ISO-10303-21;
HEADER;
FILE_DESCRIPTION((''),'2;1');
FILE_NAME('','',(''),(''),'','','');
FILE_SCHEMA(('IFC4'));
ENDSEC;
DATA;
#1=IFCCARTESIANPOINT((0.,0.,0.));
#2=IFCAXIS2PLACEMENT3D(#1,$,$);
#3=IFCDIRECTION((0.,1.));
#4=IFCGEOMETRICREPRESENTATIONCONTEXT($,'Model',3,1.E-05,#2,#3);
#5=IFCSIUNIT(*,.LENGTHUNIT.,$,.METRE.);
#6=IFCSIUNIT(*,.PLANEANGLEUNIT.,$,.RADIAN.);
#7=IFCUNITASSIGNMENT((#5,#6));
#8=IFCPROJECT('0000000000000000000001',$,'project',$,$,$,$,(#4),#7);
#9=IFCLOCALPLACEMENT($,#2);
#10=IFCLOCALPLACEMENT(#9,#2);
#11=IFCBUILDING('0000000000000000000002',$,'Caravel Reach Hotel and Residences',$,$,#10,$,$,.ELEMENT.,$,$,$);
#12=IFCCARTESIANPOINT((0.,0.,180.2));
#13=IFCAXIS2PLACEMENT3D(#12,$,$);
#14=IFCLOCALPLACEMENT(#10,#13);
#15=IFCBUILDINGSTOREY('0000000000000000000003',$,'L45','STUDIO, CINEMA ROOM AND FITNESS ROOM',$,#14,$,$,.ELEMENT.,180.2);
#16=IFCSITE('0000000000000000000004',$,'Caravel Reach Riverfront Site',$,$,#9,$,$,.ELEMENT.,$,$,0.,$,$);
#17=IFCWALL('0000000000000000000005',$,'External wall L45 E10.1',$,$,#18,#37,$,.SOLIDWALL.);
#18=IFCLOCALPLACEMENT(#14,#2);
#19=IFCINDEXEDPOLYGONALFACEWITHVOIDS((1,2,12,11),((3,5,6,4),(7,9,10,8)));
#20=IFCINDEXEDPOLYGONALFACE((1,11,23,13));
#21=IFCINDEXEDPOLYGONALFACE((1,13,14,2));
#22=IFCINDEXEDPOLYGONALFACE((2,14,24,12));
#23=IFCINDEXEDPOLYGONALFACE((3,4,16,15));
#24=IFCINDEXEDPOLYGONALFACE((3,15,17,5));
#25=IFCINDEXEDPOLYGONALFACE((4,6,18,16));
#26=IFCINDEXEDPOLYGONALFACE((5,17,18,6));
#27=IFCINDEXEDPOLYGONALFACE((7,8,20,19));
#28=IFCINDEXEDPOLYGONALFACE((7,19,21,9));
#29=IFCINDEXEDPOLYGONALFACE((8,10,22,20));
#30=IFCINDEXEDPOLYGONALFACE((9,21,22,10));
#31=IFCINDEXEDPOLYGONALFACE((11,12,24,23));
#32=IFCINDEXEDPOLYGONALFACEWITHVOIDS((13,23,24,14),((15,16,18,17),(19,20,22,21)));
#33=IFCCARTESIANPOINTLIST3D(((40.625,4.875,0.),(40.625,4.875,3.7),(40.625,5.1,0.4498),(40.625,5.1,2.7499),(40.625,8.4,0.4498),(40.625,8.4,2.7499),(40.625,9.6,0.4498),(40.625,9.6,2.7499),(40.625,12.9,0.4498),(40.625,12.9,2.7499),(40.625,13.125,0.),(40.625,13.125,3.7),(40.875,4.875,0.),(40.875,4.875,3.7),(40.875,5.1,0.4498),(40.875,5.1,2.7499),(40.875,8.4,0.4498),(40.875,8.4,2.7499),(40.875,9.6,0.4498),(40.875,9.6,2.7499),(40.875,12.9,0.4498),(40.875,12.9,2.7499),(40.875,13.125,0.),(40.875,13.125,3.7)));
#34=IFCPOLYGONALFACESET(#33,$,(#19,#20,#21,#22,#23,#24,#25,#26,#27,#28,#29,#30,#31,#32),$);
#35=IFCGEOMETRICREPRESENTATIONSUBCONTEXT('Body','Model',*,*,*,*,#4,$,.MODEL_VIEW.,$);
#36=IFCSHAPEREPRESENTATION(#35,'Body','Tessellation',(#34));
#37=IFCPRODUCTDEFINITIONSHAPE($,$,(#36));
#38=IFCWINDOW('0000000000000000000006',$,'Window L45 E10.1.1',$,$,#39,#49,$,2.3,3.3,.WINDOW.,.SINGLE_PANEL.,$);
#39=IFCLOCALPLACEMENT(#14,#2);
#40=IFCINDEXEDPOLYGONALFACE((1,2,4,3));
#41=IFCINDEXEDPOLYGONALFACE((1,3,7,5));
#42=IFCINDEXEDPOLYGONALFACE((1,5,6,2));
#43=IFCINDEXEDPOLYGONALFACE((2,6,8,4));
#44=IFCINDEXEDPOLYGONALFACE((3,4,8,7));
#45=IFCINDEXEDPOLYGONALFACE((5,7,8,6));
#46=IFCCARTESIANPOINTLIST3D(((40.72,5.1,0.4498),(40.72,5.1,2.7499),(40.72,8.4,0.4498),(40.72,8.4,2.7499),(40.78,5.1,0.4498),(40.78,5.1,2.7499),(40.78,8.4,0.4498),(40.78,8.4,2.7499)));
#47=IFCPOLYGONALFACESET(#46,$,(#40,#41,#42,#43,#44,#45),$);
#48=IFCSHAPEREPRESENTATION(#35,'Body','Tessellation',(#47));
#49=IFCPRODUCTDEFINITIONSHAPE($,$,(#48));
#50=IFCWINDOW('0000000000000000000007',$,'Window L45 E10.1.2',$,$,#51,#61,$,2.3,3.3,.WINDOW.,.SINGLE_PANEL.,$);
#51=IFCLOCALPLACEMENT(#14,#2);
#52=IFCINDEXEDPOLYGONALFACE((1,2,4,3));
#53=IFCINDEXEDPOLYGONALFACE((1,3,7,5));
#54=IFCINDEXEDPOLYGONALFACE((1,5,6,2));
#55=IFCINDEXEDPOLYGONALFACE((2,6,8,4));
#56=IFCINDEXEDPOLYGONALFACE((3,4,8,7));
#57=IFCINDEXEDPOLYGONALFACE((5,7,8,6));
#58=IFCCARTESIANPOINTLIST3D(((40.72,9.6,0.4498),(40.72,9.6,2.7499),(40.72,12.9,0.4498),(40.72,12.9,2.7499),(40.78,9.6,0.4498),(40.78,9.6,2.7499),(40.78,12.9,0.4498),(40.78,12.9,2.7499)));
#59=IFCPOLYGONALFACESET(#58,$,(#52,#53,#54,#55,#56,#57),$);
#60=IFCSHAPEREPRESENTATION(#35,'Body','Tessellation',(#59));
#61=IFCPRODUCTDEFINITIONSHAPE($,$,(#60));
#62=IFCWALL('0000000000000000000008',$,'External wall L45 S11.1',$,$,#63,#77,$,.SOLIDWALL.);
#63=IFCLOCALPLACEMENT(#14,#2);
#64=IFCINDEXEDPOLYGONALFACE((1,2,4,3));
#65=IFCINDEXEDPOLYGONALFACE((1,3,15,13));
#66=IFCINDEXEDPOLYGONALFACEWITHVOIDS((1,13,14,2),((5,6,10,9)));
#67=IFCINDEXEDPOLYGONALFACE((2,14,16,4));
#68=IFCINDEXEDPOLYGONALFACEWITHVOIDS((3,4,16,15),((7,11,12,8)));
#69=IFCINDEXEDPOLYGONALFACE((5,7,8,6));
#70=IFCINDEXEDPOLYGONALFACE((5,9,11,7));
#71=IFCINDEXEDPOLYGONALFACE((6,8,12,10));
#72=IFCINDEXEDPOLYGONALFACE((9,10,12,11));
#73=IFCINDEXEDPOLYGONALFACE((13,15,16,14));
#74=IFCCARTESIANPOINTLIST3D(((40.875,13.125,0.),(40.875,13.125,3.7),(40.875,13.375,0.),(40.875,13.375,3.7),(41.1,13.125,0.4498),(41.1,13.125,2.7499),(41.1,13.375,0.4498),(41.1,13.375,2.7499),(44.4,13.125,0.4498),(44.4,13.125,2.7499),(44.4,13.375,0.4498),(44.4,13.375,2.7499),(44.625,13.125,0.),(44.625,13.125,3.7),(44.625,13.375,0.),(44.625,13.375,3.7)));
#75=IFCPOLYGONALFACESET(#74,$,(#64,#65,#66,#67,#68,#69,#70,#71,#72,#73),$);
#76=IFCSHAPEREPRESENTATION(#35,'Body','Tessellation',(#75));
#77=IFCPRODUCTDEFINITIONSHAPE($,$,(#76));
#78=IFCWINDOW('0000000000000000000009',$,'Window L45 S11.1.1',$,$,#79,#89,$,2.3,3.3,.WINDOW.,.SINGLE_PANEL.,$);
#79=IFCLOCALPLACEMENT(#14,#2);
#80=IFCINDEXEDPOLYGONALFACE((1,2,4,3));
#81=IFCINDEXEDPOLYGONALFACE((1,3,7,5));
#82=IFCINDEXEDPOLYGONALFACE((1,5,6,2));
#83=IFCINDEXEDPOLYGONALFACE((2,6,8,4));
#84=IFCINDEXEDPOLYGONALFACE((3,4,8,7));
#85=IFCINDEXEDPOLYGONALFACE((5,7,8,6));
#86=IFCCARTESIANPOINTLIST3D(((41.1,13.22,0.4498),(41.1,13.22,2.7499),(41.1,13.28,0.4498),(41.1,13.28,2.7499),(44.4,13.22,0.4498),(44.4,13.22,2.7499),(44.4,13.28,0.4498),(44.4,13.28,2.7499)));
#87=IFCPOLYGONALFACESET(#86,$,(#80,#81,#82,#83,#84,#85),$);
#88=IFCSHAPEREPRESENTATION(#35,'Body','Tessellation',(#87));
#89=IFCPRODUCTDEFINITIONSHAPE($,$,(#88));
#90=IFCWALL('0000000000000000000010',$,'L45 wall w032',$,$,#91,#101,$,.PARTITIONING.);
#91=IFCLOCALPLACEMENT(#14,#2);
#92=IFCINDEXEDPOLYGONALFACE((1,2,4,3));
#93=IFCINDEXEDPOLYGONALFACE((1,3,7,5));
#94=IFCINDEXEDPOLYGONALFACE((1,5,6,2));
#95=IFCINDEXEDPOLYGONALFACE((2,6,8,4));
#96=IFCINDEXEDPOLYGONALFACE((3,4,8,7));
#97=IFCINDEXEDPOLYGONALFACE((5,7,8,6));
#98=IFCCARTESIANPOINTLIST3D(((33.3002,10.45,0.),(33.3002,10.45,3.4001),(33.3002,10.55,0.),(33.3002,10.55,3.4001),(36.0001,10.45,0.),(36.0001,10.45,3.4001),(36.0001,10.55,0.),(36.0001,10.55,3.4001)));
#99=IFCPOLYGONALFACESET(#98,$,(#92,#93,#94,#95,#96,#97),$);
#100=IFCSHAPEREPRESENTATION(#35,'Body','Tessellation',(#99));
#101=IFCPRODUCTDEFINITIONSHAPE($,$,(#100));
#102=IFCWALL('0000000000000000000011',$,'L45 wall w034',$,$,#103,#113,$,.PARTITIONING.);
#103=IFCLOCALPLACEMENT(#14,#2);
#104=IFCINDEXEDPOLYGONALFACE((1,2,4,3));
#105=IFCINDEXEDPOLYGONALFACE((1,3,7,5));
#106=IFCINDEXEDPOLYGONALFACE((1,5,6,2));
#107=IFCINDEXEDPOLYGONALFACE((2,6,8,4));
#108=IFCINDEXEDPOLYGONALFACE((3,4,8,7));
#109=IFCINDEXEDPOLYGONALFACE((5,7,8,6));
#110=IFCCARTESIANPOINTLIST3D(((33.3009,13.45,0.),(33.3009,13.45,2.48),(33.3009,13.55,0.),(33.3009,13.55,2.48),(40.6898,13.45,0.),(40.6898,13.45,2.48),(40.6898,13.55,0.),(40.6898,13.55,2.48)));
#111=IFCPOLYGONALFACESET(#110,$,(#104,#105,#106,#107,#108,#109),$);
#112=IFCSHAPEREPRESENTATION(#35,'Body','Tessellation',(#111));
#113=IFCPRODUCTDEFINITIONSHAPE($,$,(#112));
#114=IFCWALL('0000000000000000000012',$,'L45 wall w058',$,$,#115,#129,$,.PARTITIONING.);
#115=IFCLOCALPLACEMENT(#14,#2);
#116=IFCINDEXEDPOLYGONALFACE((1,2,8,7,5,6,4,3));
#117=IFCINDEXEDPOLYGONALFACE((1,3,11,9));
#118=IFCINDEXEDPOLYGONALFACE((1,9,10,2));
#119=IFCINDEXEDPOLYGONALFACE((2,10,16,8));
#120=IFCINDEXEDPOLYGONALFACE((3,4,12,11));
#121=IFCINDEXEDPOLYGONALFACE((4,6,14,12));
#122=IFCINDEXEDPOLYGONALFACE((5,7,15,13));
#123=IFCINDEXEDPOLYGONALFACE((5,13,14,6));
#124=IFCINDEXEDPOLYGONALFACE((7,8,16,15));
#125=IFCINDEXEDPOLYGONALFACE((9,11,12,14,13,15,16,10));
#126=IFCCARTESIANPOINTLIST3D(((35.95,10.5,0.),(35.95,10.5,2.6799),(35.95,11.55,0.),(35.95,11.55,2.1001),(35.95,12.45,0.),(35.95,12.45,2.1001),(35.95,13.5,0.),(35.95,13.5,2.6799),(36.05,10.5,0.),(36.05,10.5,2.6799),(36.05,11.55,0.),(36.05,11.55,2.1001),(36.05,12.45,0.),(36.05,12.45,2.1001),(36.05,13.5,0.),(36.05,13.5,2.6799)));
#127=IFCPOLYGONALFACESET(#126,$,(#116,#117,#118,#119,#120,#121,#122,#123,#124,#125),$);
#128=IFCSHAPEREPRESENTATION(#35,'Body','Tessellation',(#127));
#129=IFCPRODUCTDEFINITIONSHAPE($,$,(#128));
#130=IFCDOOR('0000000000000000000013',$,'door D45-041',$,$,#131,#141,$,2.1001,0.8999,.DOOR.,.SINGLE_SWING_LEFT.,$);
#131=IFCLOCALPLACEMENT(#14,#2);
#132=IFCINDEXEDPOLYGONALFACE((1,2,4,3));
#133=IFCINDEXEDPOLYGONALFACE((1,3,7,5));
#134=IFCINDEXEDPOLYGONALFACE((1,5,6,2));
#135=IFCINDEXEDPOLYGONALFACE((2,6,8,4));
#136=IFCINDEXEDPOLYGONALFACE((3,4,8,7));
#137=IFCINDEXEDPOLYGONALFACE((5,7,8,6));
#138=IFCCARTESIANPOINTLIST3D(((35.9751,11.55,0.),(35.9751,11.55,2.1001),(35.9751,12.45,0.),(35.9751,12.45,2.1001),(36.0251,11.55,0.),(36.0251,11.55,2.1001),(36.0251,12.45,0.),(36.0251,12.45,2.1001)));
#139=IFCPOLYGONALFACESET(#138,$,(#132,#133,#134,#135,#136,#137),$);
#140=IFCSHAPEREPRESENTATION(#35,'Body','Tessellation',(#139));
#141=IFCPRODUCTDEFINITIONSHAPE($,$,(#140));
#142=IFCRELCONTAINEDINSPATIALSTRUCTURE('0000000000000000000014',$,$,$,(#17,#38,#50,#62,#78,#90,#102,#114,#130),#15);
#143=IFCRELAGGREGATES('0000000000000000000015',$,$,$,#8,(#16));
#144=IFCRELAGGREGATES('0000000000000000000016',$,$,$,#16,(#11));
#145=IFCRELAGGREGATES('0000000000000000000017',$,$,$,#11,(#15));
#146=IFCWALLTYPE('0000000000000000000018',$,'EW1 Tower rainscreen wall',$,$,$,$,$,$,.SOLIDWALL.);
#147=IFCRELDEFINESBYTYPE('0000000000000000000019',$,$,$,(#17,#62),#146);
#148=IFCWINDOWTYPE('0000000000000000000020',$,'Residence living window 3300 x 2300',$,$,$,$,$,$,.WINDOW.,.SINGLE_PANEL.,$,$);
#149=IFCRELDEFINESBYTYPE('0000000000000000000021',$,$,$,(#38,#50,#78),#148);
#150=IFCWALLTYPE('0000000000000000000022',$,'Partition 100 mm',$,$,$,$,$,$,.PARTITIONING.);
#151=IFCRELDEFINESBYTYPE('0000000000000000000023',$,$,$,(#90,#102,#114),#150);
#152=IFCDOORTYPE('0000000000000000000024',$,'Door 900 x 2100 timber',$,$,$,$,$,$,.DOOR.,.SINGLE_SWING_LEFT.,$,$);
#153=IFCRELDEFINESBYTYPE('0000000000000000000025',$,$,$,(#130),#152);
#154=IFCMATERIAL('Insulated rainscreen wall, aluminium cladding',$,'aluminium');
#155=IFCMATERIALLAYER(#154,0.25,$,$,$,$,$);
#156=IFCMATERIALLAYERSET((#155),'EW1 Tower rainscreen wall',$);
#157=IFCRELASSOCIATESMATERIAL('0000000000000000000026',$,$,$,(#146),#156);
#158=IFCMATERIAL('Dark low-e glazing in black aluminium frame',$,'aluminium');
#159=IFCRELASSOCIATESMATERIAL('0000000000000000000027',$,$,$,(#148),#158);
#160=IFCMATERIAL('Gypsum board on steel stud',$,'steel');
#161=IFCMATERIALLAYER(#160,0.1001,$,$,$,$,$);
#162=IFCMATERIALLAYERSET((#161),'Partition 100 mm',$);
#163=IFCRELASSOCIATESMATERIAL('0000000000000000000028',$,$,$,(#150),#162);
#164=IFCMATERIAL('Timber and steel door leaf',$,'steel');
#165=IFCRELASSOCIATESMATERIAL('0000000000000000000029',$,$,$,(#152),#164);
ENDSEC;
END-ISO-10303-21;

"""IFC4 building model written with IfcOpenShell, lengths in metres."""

from ifc_helpers import new_model, si_unit, direction, frame, frame_2d, origin, place, context, subcontext, project, spatial, rectangle, extrude, material, layer, layer_set, type_object, element, fill, save


model = new_model("IFC4")

# Units and contexts
model_context = context("Model", 3, precision=1e-05, world=origin(), true_north=direction((0.0, 1.0)))
body_context = subcontext(model_context, "Body", "Model", "MODEL_VIEW")
ifc_project = project(units=[si_unit("LENGTHUNIT", "METRE"), si_unit("PLANEANGLEUNIT", "RADIAN")], contexts=[model_context])

# Site, building, storey
site_placement = place(None, origin())
site = spatial("IfcSite", under=ifc_project, at=site_placement, Name="Caravel Reach Riverfront Site", CompositionType="ELEMENT", RefElevation=0.0)
building_placement = place(site_placement, origin())
building = spatial("IfcBuilding", under=site, at=building_placement, Name="Caravel Reach Hotel and Residences", CompositionType="ELEMENT")
storey_placement = place(building_placement, frame((0.0, 0.0, 180.2)))
storey = spatial("IfcBuildingStorey", under=building, at=storey_placement, Name="L45", Description="STUDIO, CINEMA ROOM AND FITNESS ROOM", CompositionType="ELEMENT", Elevation=180.2)

# Wall, openings, windows
ifc_material_1 = material(Name="Insulated rainscreen wall, aluminium cladding", Category="aluminium")
ifc_layer_1 = layer(ifc_material_1, 0.25)
ifc_layer_set_1 = layer_set([ifc_layer_1], Name="EW1 Tower rainscreen wall")
wall_type_1 = type_object("IfcWallType", Name="EW1 Tower rainscreen wall", PredefinedType="SOLIDWALL", material=ifc_layer_set_1)
wall_1_placement = place(storey_placement, frame((40.75, 4.875, 0.0), z_axis=(0.0, 0.0, 1.0), x_axis=(0.0, 1.0, 0.0)))
wall_1 = element("IfcWall", 1, at=wall_1_placement, inside=storey, type_object=wall_type_1, Name="External wall L45 E10.1", PredefinedType="SOLIDWALL", context=body_context, shape_type="SweptSolid", body=[
    extrude(rectangle(XDim=8.25, YDim=0.25, at=frame_2d((4.125, 0.0))), origin(), (0.0, 0.0, 1.0), 3.7),
])
opening_1_placement = place(wall_1_placement, frame((0.2251, 0.0, 0.45)))
opening_1 = element("IfcOpeningElement", 2, at=opening_1_placement, cuts=wall_1, PredefinedType="OPENING", context=body_context, shape_type="SweptSolid", body=[
    extrude(rectangle(XDim=3.3, YDim=2.3, at=frame_2d((1.6499, 1.1499))), frame((0.0, 0.135, 0.0), z_axis=(0.0, -1.0, 0.0), x_axis=(1.0, 0.0, 0.0)), (0.0, 0.0, 1.0), 0.27),
])
opening_2_placement = place(wall_1_placement, frame((4.7251, 0.0, 0.45)))
opening_2 = element("IfcOpeningElement", 3, at=opening_2_placement, cuts=wall_1, PredefinedType="OPENING", context=body_context, shape_type="SweptSolid", body=[
    extrude(rectangle(XDim=3.3, YDim=2.3, at=frame_2d((1.6499, 1.1499))), frame((0.0, 0.135, 0.0), z_axis=(0.0, -1.0, 0.0), x_axis=(1.0, 0.0, 0.0)), (0.0, 0.0, 1.0), 0.27),
])
ifc_material_2 = material(Name="Dark low-e glazing in black aluminium frame", Category="aluminium")
window_type = type_object("IfcWindowType", Name="Residence living window 3300 x 2300", PartitioningType="SINGLE_PANEL", PredefinedType="WINDOW", material=ifc_material_2)
window_1_placement = place(opening_1_placement, origin())
window_1 = element("IfcWindow", 4, at=window_1_placement, inside=storey, type_object=window_type, Name="Window L45 E10.1.1", OverallHeight=2.3, OverallWidth=3.3, PartitioningType="SINGLE_PANEL", PredefinedType="WINDOW", context=body_context, shape_type="SweptSolid", body=[
    extrude(rectangle(XDim=3.3, YDim=2.3, at=frame_2d((1.6499, 1.1499))), frame((0.0, 0.03, 0.0), z_axis=(0.0, -1.0, 0.0), x_axis=(1.0, 0.0, 0.0)), (0.0, 0.0, 1.0), 0.0601),
])
fill(opening_1, window_1)
window_2_placement = place(opening_2_placement, origin())
window_2 = element("IfcWindow", 5, at=window_2_placement, inside=storey, type_object=window_type, Name="Window L45 E10.1.2", OverallHeight=2.3, OverallWidth=3.3, PartitioningType="SINGLE_PANEL", PredefinedType="WINDOW", context=body_context, shape_type="SweptSolid", body=[
    extrude(rectangle(XDim=3.3, YDim=2.3, at=frame_2d((1.6499, 1.1499))), frame((0.0, 0.03, 0.0), z_axis=(0.0, -1.0, 0.0), x_axis=(1.0, 0.0, 0.0)), (0.0, 0.0, 1.0), 0.0601),
])
fill(opening_2, window_2)

# Wall, opening, window
wall_2_placement = place(storey_placement, frame((40.875, 13.25, 0.0), z_axis=(0.0, 0.0, 1.0), x_axis=(1.0, 0.0, 0.0)))
wall_2 = element("IfcWall", 6, at=wall_2_placement, inside=storey, type_object=wall_type_1, Name="External wall L45 S11.1", PredefinedType="SOLIDWALL", context=body_context, shape_type="SweptSolid", body=[
    extrude(rectangle(XDim=3.75, YDim=0.25, at=frame_2d((1.875, 0.0))), origin(), (0.0, 0.0, 1.0), 3.7),
])
opening_3_placement = place(wall_2_placement, frame((0.2251, 0.0, 0.45)))
opening_3 = element("IfcOpeningElement", 7, at=opening_3_placement, cuts=wall_2, PredefinedType="OPENING", context=body_context, shape_type="SweptSolid", body=[
    extrude(rectangle(XDim=3.3, YDim=2.3, at=frame_2d((1.6499, 1.1499))), frame((0.0, 0.135, 0.0), z_axis=(0.0, -1.0, 0.0), x_axis=(1.0, 0.0, 0.0)), (0.0, 0.0, 1.0), 0.27),
])
window_3_placement = place(opening_3_placement, origin())
window_3 = element("IfcWindow", 8, at=window_3_placement, inside=storey, type_object=window_type, Name="Window L45 S11.1.1", OverallHeight=2.3, OverallWidth=3.3, PartitioningType="SINGLE_PANEL", PredefinedType="WINDOW", context=body_context, shape_type="SweptSolid", body=[
    extrude(rectangle(XDim=3.3, YDim=2.3, at=frame_2d((1.6499, 1.1499))), frame((0.0, 0.03, 0.0), z_axis=(0.0, -1.0, 0.0), x_axis=(1.0, 0.0, 0.0)), (0.0, 0.0, 1.0), 0.0601),
])
fill(opening_3, window_3)

# Walls
ifc_material_3 = material(Name="Gypsum board on steel stud", Category="steel")
ifc_layer_2 = layer(ifc_material_3, 0.1001)
ifc_layer_set_2 = layer_set([ifc_layer_2], Name="Partition 100 mm")
wall_type_2 = type_object("IfcWallType", Name="Partition 100 mm", PredefinedType="PARTITIONING", material=ifc_layer_set_2)
wall_3_placement = place(storey_placement, frame((33.3, 10.5, 0.0), z_axis=(0.0, 0.0, 1.0), x_axis=(1.0, 0.0, 0.0)))
element("IfcWall", 9, at=wall_3_placement, inside=storey, type_object=wall_type_2, Name="L45 wall w032", PredefinedType="PARTITIONING", context=body_context, shape_type="SweptSolid", body=[
    extrude(rectangle(XDim=2.7, YDim=0.1001, at=frame_2d((1.3501, 0.0))), origin(), (0.0, 0.0, 1.0), 3.4001),
])
wall_4_placement = place(storey_placement, frame((33.301, 13.5, 0.0), z_axis=(0.0, 0.0, 1.0), x_axis=(1.0, 0.0, 0.0)))
element("IfcWall", 10, at=wall_4_placement, inside=storey, type_object=wall_type_2, Name="L45 wall w034", PredefinedType="PARTITIONING", context=body_context, shape_type="SweptSolid", body=[
    extrude(rectangle(XDim=7.3889, YDim=0.1001, at=frame_2d((3.6943, 0.0))), origin(), (0.0, 0.0, 1.0), 2.48),
])

# Wall, opening, door
wall_5_placement = place(storey_placement, frame((36.0, 10.5, 0.0), z_axis=(0.0, 0.0, 1.0), x_axis=(0.0, 1.0, 0.0)))
wall_5 = element("IfcWall", 11, at=wall_5_placement, inside=storey, type_object=wall_type_2, Name="L45 wall w058", PredefinedType="PARTITIONING", context=body_context, shape_type="SweptSolid", body=[
    extrude(rectangle(XDim=3.0, YDim=0.1001, at=frame_2d((1.5, 0.0))), origin(), (0.0, 0.0, 1.0), 2.6799),
])
opening_4_placement = place(wall_5_placement, frame((1.05, 0.0, 0.0)))
opening_4 = element("IfcOpeningElement", 12, at=opening_4_placement, cuts=wall_5, PredefinedType="OPENING", context=body_context, shape_type="SweptSolid", body=[
    extrude(rectangle(XDim=0.8999, YDim=2.1001, at=frame_2d((0.45, 1.05))), frame((0.0, 0.0601, 0.0), z_axis=(0.0, -1.0, 0.0), x_axis=(1.0, 0.0, 0.0)), (0.0, 0.0, 1.0), 0.1201),
])
ifc_material_4 = material(Name="Timber and steel door leaf", Category="steel")
door_type_1 = type_object("IfcDoorType", Name="Door 900 x 2100 timber", OperationType="SINGLE_SWING_LEFT", PredefinedType="DOOR", material=ifc_material_4)
door_1_placement = place(opening_4_placement, origin())
door_1 = element("IfcDoor", 13, at=door_1_placement, inside=storey, type_object=door_type_1, Name="door D45-041", OperationType="SINGLE_SWING_LEFT", OverallHeight=2.1001, OverallWidth=0.8999, PredefinedType="DOOR", context=body_context, shape_type="SweptSolid", body=[
    extrude(rectangle(XDim=0.8999, YDim=2.1001, at=frame_2d((0.45, 1.05))), frame((0.0, 0.0249, 0.0), z_axis=(0.0, -1.0, 0.0), x_axis=(1.0, 0.0, 0.0)), (0.0, 0.0, 1.0), 0.05),
])
fill(opening_4, door_1)

save(model, "model.ifc")
